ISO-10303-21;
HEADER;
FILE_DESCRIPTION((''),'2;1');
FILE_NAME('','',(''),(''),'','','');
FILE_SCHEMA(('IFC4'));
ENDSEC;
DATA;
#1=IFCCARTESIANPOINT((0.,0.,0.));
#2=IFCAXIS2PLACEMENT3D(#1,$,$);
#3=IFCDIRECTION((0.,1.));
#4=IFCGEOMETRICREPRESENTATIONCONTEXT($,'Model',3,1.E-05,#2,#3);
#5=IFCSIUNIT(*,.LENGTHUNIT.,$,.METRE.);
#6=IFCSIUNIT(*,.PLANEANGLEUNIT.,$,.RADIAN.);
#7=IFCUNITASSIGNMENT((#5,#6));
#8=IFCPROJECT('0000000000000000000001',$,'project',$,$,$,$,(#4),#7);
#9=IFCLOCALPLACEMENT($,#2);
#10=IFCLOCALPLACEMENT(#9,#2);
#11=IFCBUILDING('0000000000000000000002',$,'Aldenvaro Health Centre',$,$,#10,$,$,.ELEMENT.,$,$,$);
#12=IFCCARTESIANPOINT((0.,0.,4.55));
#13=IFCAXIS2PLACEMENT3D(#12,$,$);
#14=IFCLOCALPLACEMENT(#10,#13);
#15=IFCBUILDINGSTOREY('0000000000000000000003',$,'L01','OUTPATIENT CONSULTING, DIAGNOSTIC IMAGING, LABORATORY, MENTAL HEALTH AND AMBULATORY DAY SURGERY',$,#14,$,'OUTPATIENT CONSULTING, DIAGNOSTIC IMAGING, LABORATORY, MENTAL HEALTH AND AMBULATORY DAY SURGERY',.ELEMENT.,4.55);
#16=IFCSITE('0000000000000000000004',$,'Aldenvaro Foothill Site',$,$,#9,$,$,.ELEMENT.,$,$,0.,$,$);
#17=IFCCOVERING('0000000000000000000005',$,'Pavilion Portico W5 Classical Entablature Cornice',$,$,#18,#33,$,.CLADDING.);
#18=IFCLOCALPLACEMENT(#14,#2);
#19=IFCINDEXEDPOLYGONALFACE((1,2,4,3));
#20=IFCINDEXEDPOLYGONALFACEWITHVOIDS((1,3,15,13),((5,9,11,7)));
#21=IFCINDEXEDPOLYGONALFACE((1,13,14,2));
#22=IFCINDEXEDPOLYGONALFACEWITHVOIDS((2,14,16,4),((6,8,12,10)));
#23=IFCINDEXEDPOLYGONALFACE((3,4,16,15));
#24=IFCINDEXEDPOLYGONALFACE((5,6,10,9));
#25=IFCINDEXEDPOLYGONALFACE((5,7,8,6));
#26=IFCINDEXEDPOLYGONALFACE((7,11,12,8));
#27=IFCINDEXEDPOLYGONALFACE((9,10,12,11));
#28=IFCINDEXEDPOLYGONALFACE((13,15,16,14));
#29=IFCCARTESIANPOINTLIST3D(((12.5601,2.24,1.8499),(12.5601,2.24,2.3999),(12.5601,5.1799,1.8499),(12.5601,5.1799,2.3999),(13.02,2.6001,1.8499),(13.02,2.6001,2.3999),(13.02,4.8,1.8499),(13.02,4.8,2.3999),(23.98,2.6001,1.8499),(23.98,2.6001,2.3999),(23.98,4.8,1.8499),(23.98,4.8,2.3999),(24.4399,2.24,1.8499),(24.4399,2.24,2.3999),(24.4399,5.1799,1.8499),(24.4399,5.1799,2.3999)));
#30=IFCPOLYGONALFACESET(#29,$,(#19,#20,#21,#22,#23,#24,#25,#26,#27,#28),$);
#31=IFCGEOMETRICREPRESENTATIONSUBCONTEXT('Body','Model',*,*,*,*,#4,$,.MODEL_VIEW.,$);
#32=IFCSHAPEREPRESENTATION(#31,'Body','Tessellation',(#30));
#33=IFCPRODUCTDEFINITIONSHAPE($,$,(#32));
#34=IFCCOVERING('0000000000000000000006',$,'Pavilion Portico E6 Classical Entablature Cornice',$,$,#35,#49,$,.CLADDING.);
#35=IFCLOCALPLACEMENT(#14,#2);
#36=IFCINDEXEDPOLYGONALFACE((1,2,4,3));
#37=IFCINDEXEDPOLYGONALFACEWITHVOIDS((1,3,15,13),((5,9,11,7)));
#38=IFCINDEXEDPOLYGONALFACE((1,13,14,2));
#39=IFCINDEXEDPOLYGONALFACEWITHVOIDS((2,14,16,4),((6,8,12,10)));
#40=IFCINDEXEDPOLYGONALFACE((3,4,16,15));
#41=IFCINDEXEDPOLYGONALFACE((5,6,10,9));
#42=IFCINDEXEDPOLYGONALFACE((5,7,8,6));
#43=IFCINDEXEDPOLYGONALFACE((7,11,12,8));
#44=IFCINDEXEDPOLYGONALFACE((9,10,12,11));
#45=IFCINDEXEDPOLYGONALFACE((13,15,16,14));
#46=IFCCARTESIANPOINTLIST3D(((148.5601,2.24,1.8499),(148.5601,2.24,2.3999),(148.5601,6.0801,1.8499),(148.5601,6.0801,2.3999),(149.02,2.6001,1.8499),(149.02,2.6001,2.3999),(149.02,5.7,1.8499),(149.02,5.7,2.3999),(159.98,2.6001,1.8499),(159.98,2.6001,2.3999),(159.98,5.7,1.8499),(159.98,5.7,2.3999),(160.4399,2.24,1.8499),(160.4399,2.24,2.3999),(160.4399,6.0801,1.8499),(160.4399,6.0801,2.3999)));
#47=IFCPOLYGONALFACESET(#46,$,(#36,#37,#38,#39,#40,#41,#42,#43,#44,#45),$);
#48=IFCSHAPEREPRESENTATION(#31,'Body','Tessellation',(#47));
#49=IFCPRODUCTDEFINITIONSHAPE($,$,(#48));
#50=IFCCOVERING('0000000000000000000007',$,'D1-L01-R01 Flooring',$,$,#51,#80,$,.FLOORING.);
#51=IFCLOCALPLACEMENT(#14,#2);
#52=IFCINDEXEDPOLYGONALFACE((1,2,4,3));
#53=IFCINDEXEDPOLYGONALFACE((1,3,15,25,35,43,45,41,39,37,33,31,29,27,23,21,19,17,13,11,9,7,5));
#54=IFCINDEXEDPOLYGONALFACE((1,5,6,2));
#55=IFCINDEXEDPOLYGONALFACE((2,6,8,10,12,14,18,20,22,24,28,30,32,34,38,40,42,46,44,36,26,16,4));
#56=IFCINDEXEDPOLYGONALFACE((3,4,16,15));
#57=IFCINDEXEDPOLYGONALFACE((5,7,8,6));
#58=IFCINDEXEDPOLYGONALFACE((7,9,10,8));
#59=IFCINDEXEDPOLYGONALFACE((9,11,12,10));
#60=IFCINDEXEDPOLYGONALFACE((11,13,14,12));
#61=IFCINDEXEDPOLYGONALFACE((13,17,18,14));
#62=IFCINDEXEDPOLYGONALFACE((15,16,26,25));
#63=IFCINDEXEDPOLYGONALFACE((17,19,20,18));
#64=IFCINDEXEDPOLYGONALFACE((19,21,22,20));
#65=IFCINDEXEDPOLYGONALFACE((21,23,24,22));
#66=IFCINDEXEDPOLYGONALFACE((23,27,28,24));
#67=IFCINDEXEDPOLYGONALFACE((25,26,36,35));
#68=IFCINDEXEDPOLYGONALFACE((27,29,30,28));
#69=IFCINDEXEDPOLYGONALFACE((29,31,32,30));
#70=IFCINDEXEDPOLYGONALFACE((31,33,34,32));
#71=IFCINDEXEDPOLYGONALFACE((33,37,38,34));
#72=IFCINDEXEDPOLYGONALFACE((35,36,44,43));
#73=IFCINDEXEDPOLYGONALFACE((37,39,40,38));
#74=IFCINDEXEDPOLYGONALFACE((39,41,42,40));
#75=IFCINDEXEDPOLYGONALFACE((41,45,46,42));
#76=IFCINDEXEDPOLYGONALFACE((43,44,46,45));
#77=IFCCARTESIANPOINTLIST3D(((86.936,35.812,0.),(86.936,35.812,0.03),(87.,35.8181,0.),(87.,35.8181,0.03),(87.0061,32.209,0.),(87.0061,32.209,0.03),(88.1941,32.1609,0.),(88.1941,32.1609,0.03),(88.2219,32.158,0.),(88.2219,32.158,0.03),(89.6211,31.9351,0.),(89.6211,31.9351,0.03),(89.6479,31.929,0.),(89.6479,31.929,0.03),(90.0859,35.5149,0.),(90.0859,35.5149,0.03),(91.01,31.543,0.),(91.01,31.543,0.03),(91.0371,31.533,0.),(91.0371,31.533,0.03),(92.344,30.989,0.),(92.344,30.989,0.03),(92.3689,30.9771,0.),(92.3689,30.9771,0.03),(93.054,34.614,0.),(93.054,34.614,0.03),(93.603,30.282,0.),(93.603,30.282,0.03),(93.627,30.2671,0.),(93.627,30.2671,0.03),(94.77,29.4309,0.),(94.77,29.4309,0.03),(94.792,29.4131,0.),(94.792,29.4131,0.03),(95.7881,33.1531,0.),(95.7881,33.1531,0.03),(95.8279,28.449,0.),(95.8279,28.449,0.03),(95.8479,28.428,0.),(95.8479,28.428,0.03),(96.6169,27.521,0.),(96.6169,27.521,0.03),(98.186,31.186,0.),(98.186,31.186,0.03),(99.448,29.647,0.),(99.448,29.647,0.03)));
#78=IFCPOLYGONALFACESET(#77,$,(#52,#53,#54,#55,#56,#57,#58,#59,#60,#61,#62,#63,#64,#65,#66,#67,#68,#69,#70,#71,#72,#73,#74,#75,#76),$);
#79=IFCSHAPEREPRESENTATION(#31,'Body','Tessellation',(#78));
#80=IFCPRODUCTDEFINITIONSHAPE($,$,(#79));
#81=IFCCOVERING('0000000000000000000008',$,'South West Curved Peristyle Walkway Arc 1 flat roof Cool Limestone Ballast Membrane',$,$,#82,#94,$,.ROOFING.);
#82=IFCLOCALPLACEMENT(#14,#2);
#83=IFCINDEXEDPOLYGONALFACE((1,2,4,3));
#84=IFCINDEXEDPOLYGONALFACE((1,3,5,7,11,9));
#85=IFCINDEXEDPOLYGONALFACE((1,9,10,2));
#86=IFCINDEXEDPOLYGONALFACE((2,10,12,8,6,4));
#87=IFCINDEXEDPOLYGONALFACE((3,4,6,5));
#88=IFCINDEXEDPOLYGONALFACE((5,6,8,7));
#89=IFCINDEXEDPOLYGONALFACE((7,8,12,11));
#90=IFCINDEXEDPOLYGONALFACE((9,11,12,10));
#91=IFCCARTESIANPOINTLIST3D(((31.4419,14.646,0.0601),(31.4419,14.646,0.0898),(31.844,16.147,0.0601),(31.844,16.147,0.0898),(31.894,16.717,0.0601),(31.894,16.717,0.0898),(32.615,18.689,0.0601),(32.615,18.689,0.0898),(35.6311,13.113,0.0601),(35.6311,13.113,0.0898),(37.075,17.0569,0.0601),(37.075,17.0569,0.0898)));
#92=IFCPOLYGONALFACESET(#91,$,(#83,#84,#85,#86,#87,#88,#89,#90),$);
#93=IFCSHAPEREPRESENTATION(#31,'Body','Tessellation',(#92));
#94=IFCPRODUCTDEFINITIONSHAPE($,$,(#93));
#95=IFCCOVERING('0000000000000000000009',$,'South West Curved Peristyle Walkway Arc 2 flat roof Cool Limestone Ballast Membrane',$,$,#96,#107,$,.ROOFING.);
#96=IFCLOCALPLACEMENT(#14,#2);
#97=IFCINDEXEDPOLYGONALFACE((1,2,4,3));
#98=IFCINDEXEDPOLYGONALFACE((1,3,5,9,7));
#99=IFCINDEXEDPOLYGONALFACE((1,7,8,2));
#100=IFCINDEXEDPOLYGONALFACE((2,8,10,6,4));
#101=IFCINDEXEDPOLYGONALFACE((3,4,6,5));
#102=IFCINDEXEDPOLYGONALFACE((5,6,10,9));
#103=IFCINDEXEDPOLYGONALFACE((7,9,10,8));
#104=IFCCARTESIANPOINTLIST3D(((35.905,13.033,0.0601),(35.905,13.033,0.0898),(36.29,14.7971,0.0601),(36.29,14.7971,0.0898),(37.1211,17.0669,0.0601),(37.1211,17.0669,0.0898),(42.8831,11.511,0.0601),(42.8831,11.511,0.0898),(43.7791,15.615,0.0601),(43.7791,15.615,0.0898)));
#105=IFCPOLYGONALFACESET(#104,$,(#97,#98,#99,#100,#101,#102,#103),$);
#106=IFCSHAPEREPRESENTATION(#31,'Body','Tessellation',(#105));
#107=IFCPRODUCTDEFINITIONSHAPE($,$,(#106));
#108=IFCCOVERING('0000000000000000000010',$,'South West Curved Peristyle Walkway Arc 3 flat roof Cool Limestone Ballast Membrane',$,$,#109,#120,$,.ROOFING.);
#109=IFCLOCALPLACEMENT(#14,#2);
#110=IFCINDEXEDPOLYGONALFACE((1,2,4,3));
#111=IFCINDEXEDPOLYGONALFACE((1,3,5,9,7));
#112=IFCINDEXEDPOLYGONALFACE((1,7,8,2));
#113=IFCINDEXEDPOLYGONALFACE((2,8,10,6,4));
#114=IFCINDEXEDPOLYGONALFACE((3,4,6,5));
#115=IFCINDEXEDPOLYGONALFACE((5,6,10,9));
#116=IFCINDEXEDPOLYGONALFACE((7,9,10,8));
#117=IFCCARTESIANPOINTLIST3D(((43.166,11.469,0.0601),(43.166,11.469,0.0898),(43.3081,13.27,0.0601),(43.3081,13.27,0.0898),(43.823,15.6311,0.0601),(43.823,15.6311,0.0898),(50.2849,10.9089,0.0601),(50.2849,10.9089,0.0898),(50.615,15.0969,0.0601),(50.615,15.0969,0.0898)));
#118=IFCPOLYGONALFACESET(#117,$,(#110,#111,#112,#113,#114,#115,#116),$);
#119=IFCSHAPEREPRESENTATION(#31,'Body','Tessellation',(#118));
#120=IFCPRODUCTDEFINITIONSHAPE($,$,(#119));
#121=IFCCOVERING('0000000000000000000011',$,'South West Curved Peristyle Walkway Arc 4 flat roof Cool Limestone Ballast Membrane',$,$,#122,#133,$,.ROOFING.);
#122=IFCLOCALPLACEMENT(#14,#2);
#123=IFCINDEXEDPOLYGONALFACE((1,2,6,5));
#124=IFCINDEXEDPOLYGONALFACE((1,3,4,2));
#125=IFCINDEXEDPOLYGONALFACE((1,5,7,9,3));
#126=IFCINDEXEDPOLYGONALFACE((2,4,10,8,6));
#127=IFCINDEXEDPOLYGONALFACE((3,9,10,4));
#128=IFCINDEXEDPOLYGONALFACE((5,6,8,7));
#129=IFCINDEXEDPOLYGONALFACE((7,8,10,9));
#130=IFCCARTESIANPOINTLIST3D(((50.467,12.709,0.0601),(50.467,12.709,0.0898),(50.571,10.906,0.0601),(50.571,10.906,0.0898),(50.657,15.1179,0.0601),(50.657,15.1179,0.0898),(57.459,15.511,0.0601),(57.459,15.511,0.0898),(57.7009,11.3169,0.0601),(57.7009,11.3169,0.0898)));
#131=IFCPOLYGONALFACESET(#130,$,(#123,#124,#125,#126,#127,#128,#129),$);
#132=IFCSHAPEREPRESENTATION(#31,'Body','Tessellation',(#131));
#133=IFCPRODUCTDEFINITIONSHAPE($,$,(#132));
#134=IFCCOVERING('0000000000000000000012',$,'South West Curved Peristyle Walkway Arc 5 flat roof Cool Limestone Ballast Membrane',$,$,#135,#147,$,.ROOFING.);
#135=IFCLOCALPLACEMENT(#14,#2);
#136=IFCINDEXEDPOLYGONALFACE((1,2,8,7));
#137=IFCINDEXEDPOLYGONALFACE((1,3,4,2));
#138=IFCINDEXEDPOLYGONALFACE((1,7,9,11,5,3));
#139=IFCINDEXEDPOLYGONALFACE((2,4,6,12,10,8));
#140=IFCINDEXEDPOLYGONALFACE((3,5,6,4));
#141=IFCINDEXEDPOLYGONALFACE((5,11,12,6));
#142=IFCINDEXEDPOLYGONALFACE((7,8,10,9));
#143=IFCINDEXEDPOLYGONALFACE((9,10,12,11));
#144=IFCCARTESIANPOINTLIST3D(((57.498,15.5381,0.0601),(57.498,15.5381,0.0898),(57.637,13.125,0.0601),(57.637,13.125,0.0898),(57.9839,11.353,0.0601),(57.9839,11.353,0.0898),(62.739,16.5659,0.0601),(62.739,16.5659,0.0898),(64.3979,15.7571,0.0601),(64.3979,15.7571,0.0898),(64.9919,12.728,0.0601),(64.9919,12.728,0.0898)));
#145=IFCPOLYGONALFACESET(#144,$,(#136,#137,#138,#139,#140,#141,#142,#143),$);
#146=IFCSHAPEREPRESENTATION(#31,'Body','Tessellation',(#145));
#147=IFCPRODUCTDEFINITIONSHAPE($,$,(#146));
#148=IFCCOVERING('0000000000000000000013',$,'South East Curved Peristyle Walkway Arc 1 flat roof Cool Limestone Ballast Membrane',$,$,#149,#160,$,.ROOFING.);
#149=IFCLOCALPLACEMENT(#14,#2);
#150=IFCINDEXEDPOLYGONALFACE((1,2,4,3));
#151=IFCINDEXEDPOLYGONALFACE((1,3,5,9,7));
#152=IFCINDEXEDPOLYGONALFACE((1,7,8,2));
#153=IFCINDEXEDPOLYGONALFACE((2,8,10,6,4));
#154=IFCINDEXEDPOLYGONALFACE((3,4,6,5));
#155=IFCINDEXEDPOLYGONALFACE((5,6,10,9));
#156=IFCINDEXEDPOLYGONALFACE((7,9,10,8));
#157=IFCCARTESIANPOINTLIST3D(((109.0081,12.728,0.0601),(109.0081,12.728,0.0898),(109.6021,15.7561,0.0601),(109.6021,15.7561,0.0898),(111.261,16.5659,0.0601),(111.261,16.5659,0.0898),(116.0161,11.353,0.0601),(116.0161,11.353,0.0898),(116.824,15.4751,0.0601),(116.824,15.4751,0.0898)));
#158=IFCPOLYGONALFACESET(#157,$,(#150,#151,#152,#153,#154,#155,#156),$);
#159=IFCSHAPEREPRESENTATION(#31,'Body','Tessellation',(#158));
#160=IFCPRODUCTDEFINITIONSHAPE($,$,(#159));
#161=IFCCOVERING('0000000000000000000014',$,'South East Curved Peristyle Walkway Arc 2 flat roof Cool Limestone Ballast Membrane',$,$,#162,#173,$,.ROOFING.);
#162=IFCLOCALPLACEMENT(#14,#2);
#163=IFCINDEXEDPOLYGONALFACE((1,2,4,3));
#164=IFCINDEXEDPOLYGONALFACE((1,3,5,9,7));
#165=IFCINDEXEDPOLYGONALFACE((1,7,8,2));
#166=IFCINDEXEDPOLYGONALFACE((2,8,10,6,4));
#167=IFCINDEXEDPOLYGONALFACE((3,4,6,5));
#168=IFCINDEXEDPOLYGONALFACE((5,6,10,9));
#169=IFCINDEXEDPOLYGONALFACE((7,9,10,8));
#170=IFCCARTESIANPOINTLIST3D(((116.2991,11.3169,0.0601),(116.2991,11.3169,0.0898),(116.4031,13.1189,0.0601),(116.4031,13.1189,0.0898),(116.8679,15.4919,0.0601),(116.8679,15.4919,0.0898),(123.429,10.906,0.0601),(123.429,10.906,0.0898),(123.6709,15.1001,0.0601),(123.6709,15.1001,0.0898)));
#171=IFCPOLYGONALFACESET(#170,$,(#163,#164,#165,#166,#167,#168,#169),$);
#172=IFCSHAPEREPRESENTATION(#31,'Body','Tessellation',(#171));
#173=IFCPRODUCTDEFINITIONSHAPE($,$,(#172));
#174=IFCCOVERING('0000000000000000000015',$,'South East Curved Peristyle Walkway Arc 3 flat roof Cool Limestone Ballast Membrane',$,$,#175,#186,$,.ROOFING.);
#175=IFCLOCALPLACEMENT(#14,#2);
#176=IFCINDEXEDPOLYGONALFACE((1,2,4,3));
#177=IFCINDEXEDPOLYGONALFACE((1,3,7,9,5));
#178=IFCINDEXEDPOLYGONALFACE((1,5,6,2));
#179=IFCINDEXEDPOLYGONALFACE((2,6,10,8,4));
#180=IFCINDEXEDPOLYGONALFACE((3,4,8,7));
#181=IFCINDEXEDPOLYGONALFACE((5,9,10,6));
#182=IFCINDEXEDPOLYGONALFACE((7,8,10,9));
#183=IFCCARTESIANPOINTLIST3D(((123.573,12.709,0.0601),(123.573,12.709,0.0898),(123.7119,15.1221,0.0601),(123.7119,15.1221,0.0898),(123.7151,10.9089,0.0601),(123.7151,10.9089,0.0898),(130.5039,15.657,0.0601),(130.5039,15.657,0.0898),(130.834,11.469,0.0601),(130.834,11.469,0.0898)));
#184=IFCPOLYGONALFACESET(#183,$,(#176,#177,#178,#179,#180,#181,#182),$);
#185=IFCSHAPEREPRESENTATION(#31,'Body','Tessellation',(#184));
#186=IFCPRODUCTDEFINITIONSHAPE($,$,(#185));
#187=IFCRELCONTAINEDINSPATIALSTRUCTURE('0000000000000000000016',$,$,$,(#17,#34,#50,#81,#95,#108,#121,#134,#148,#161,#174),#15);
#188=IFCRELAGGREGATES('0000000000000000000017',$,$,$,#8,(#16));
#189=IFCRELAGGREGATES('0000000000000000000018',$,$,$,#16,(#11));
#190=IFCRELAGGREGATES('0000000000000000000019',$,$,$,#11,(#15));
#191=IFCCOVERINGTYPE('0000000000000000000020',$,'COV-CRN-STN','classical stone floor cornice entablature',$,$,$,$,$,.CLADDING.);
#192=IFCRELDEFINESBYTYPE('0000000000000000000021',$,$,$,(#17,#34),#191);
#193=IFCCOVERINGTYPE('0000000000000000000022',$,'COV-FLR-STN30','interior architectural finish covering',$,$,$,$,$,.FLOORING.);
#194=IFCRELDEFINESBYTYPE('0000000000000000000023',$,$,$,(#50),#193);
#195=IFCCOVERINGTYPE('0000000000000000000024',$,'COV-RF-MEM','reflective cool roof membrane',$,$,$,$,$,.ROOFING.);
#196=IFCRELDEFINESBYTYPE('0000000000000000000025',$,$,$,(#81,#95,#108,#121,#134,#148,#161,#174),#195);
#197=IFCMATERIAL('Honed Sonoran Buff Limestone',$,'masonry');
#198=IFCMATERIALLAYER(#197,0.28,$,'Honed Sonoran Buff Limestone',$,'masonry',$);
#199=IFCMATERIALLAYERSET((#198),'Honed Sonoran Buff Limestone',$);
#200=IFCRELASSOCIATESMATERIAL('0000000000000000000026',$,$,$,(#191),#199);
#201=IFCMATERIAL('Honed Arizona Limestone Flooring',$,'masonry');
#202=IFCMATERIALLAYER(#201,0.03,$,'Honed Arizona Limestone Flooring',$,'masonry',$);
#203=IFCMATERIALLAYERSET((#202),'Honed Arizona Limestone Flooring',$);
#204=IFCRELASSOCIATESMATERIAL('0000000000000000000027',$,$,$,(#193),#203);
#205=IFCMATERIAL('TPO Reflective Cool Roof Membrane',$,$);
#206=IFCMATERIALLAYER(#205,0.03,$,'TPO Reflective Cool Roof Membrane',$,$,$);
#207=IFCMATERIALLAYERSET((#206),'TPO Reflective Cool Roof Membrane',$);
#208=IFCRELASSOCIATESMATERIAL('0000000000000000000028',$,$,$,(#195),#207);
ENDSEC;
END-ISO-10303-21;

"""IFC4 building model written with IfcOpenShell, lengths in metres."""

from ifc_helpers import new_model, si_unit, direction, frame, origin, place, context, subcontext, project, spatial, polyline, outline, extrude, material, layer, layer_set, type_object, element, save


model = new_model("IFC4")

# Units and contexts
model_context = context("Model", 3, precision=1e-05, world=origin(), true_north=direction((0.0, 1.0)))
body_context = subcontext(model_context, "Body", "Model", "MODEL_VIEW")
ifc_project = project(units=[si_unit("LENGTHUNIT", "METRE"), si_unit("PLANEANGLEUNIT", "RADIAN")], contexts=[model_context])

# Site, building, storey
site_placement = place(None, origin())
site = spatial("IfcSite", under=ifc_project, at=site_placement, Name="Aldenvaro Foothill Site", CompositionType="ELEMENT", RefElevation=0.0)
building_placement = place(site_placement, origin())
building = spatial("IfcBuilding", under=site, at=building_placement, Name="Aldenvaro Health Centre", CompositionType="ELEMENT")
storey_placement = place(building_placement, frame((0.0, 0.0, 4.55)))
storey = spatial("IfcBuildingStorey", under=building, at=storey_placement, Name="L01", Description="OUTPATIENT CONSULTING, DIAGNOSTIC IMAGING, LABORATORY, MENTAL HEALTH AND AMBULATORY DAY SURGERY", LongName="OUTPATIENT CONSULTING, DIAGNOSTIC IMAGING, LABORATORY, MENTAL HEALTH AND AMBULATORY DAY SURGERY", CompositionType="ELEMENT", Elevation=4.55)

# Coverings
ifc_material_1 = material(Name="Honed Sonoran Buff Limestone", Category="masonry")
ifc_layer_1 = layer(ifc_material_1, 0.28, Name="Honed Sonoran Buff Limestone", Category="masonry")
ifc_layer_set_1 = layer_set([ifc_layer_1], Name="Honed Sonoran Buff Limestone")
covering_type_1 = type_object("IfcCoveringType", Name="COV-CRN-STN", Description="classical stone floor cornice entablature", PredefinedType="CLADDING", material=ifc_layer_set_1)
covering_1_placement = place(storey_placement, frame((0.0, 0.0, 1.8499)))
element("IfcCovering", 1, at=covering_1_placement, inside=storey, type_object=covering_type_1, Name="Pavilion Portico W5 Classical Entablature Cornice", PredefinedType="CLADDING", context=body_context, shape_type="SweptSolid", body=[
    extrude(outline(polyline([(12.5601, 2.24), (12.5601, 5.1799), (24.4399, 5.1799), (24.4399, 2.24), (12.5601, 2.24)]), holes=[polyline([(23.98, 4.8), (13.02, 4.8), (13.02, 2.6001), (23.98, 2.6001), (23.98, 4.8)])]), origin(), (0.0, 0.0, 1.0), 0.55),
])
covering_2_placement = place(storey_placement, frame((0.0, 0.0, 1.8499)))
element("IfcCovering", 2, at=covering_2_placement, inside=storey, type_object=covering_type_1, Name="Pavilion Portico E6 Classical Entablature Cornice", PredefinedType="CLADDING", context=body_context, shape_type="SweptSolid", body=[
    extrude(outline(polyline([(148.5601, 2.24), (148.5601, 6.0801), (160.4399, 6.0801), (160.4399, 2.24), (148.5601, 2.24)]), holes=[polyline([(159.98, 5.7), (149.02, 5.7), (149.02, 2.6001), (159.98, 2.6001), (159.98, 5.7)])]), origin(), (0.0, 0.0, 1.0), 0.55),
])
ifc_material_2 = material(Name="Honed Arizona Limestone Flooring", Category="masonry")
ifc_layer_2 = layer(ifc_material_2, 0.03, Name="Honed Arizona Limestone Flooring", Category="masonry")
ifc_layer_set_2 = layer_set([ifc_layer_2], Name="Honed Arizona Limestone Flooring")
covering_type_2 = type_object("IfcCoveringType", Name="COV-FLR-STN30", Description="interior architectural finish covering", PredefinedType="FLOORING", material=ifc_layer_set_2)
covering_3_placement = place(storey_placement, origin())
element("IfcCovering", 3, at=covering_3_placement, inside=storey, type_object=covering_type_2, Name="D1-L01-R01 Flooring", PredefinedType="FLOORING", context=body_context, shape_type="SweptSolid", body=[
    extrude(outline(polyline([(95.8479, 28.428), (95.8279, 28.449), (94.792, 29.4131), (94.77, 29.4309), (93.627, 30.2671), (93.603, 30.282), (92.3689, 30.9771), (92.344, 30.989), (91.0371, 31.533), (91.01, 31.543), (89.6479, 31.929), (89.6211, 31.9351), (88.2219, 32.158), (88.1941, 32.1609), (87.0061, 32.209), (86.936, 35.812), (87.0, 35.8181), (90.0859, 35.5149), (93.054, 34.614), (95.7881, 33.1531), (98.186, 31.186), (99.448, 29.647), (96.6169, 27.521), (95.8479, 28.428)])), origin(), (0.0, 0.0, 1.0), 0.03),
])
ifc_material_3 = material(Name="TPO Reflective Cool Roof Membrane")
ifc_layer_3 = layer(ifc_material_3, 0.03, Name="TPO Reflective Cool Roof Membrane")
ifc_layer_set_3 = layer_set([ifc_layer_3], Name="TPO Reflective Cool Roof Membrane")
covering_type_3 = type_object("IfcCoveringType", Name="COV-RF-MEM", Description="reflective cool roof membrane", PredefinedType="ROOFING", material=ifc_layer_set_3)
covering_4_placement = place(storey_placement, frame((0.0, 0.0, 0.0601)))
element("IfcCovering", 4, at=covering_4_placement, inside=storey, type_object=covering_type_3, Name="South West Curved Peristyle Walkway Arc 1 flat roof Cool Limestone Ballast Membrane", PredefinedType="ROOFING", context=body_context, shape_type="SweptSolid", body=[
    extrude(outline(polyline([(32.615, 18.689), (37.075, 17.0569), (35.6311, 13.113), (31.4419, 14.646), (31.844, 16.147), (31.894, 16.717), (32.615, 18.689)])), origin(), (0.0, 0.0, 1.0), 0.0298),
])
covering_5_placement = place(storey_placement, frame((0.0, 0.0, 0.0601)))
element("IfcCovering", 5, at=covering_5_placement, inside=storey, type_object=covering_type_3, Name="South West Curved Peristyle Walkway Arc 2 flat roof Cool Limestone Ballast Membrane", PredefinedType="ROOFING", context=body_context, shape_type="SweptSolid", body=[
    extrude(outline(polyline([(43.7791, 15.615), (42.8831, 11.511), (35.905, 13.033), (36.29, 14.7971), (37.1211, 17.0669), (43.7791, 15.615)])), origin(), (0.0, 0.0, 1.0), 0.0298),
])
covering_6_placement = place(storey_placement, frame((0.0, 0.0, 0.0601)))
element("IfcCovering", 6, at=covering_6_placement, inside=storey, type_object=covering_type_3, Name="South West Curved Peristyle Walkway Arc 3 flat roof Cool Limestone Ballast Membrane", PredefinedType="ROOFING", context=body_context, shape_type="SweptSolid", body=[
    extrude(outline(polyline([(50.615, 15.0969), (50.2849, 10.9089), (43.166, 11.469), (43.3081, 13.27), (43.823, 15.6311), (50.615, 15.0969)])), origin(), (0.0, 0.0, 1.0), 0.0298),
])
covering_7_placement = place(storey_placement, frame((0.0, 0.0, 0.0601)))
element("IfcCovering", 7, at=covering_7_placement, inside=storey, type_object=covering_type_3, Name="South West Curved Peristyle Walkway Arc 4 flat roof Cool Limestone Ballast Membrane", PredefinedType="ROOFING", context=body_context, shape_type="SweptSolid", body=[
    extrude(outline(polyline([(57.459, 15.511), (57.7009, 11.3169), (50.571, 10.906), (50.467, 12.709), (50.657, 15.1179), (57.459, 15.511)])), origin(), (0.0, 0.0, 1.0), 0.0298),
])
covering_8_placement = place(storey_placement, frame((0.0, 0.0, 0.0601)))
element("IfcCovering", 8, at=covering_8_placement, inside=storey, type_object=covering_type_3, Name="South West Curved Peristyle Walkway Arc 5 flat roof Cool Limestone Ballast Membrane", PredefinedType="ROOFING", context=body_context, shape_type="SweptSolid", body=[
    extrude(outline(polyline([(64.9919, 12.728), (57.9839, 11.353), (57.637, 13.125), (57.498, 15.5381), (62.739, 16.5659), (64.3979, 15.7571), (64.9919, 12.728)])), origin(), (0.0, 0.0, 1.0), 0.0298),
])
covering_9_placement = place(storey_placement, frame((0.0, 0.0, 0.0601)))
element("IfcCovering", 9, at=covering_9_placement, inside=storey, type_object=covering_type_3, Name="South East Curved Peristyle Walkway Arc 1 flat roof Cool Limestone Ballast Membrane", PredefinedType="ROOFING", context=body_context, shape_type="SweptSolid", body=[
    extrude(outline(polyline([(116.824, 15.4751), (116.0161, 11.353), (109.0081, 12.728), (109.6021, 15.7561), (111.261, 16.5659), (116.824, 15.4751)])), origin(), (0.0, 0.0, 1.0), 0.0298),
])
covering_10_placement = place(storey_placement, frame((0.0, 0.0, 0.0601)))
element("IfcCovering", 10, at=covering_10_placement, inside=storey, type_object=covering_type_3, Name="South East Curved Peristyle Walkway Arc 2 flat roof Cool Limestone Ballast Membrane", PredefinedType="ROOFING", context=body_context, shape_type="SweptSolid", body=[
    extrude(outline(polyline([(123.6709, 15.1001), (123.429, 10.906), (116.2991, 11.3169), (116.4031, 13.1189), (116.8679, 15.4919), (123.6709, 15.1001)])), origin(), (0.0, 0.0, 1.0), 0.0298),
])
covering_11_placement = place(storey_placement, frame((0.0, 0.0, 0.0601)))
element("IfcCovering", 11, at=covering_11_placement, inside=storey, type_object=covering_type_3, Name="South East Curved Peristyle Walkway Arc 3 flat roof Cool Limestone Ballast Membrane", PredefinedType="ROOFING", context=body_context, shape_type="SweptSolid", body=[
    extrude(outline(polyline([(130.5039, 15.657), (130.834, 11.469), (123.7151, 10.9089), (123.573, 12.709), (123.7119, 15.1221), (130.5039, 15.657)])), origin(), (0.0, 0.0, 1.0), 0.0298),
])

save(model, "model.ifc")
